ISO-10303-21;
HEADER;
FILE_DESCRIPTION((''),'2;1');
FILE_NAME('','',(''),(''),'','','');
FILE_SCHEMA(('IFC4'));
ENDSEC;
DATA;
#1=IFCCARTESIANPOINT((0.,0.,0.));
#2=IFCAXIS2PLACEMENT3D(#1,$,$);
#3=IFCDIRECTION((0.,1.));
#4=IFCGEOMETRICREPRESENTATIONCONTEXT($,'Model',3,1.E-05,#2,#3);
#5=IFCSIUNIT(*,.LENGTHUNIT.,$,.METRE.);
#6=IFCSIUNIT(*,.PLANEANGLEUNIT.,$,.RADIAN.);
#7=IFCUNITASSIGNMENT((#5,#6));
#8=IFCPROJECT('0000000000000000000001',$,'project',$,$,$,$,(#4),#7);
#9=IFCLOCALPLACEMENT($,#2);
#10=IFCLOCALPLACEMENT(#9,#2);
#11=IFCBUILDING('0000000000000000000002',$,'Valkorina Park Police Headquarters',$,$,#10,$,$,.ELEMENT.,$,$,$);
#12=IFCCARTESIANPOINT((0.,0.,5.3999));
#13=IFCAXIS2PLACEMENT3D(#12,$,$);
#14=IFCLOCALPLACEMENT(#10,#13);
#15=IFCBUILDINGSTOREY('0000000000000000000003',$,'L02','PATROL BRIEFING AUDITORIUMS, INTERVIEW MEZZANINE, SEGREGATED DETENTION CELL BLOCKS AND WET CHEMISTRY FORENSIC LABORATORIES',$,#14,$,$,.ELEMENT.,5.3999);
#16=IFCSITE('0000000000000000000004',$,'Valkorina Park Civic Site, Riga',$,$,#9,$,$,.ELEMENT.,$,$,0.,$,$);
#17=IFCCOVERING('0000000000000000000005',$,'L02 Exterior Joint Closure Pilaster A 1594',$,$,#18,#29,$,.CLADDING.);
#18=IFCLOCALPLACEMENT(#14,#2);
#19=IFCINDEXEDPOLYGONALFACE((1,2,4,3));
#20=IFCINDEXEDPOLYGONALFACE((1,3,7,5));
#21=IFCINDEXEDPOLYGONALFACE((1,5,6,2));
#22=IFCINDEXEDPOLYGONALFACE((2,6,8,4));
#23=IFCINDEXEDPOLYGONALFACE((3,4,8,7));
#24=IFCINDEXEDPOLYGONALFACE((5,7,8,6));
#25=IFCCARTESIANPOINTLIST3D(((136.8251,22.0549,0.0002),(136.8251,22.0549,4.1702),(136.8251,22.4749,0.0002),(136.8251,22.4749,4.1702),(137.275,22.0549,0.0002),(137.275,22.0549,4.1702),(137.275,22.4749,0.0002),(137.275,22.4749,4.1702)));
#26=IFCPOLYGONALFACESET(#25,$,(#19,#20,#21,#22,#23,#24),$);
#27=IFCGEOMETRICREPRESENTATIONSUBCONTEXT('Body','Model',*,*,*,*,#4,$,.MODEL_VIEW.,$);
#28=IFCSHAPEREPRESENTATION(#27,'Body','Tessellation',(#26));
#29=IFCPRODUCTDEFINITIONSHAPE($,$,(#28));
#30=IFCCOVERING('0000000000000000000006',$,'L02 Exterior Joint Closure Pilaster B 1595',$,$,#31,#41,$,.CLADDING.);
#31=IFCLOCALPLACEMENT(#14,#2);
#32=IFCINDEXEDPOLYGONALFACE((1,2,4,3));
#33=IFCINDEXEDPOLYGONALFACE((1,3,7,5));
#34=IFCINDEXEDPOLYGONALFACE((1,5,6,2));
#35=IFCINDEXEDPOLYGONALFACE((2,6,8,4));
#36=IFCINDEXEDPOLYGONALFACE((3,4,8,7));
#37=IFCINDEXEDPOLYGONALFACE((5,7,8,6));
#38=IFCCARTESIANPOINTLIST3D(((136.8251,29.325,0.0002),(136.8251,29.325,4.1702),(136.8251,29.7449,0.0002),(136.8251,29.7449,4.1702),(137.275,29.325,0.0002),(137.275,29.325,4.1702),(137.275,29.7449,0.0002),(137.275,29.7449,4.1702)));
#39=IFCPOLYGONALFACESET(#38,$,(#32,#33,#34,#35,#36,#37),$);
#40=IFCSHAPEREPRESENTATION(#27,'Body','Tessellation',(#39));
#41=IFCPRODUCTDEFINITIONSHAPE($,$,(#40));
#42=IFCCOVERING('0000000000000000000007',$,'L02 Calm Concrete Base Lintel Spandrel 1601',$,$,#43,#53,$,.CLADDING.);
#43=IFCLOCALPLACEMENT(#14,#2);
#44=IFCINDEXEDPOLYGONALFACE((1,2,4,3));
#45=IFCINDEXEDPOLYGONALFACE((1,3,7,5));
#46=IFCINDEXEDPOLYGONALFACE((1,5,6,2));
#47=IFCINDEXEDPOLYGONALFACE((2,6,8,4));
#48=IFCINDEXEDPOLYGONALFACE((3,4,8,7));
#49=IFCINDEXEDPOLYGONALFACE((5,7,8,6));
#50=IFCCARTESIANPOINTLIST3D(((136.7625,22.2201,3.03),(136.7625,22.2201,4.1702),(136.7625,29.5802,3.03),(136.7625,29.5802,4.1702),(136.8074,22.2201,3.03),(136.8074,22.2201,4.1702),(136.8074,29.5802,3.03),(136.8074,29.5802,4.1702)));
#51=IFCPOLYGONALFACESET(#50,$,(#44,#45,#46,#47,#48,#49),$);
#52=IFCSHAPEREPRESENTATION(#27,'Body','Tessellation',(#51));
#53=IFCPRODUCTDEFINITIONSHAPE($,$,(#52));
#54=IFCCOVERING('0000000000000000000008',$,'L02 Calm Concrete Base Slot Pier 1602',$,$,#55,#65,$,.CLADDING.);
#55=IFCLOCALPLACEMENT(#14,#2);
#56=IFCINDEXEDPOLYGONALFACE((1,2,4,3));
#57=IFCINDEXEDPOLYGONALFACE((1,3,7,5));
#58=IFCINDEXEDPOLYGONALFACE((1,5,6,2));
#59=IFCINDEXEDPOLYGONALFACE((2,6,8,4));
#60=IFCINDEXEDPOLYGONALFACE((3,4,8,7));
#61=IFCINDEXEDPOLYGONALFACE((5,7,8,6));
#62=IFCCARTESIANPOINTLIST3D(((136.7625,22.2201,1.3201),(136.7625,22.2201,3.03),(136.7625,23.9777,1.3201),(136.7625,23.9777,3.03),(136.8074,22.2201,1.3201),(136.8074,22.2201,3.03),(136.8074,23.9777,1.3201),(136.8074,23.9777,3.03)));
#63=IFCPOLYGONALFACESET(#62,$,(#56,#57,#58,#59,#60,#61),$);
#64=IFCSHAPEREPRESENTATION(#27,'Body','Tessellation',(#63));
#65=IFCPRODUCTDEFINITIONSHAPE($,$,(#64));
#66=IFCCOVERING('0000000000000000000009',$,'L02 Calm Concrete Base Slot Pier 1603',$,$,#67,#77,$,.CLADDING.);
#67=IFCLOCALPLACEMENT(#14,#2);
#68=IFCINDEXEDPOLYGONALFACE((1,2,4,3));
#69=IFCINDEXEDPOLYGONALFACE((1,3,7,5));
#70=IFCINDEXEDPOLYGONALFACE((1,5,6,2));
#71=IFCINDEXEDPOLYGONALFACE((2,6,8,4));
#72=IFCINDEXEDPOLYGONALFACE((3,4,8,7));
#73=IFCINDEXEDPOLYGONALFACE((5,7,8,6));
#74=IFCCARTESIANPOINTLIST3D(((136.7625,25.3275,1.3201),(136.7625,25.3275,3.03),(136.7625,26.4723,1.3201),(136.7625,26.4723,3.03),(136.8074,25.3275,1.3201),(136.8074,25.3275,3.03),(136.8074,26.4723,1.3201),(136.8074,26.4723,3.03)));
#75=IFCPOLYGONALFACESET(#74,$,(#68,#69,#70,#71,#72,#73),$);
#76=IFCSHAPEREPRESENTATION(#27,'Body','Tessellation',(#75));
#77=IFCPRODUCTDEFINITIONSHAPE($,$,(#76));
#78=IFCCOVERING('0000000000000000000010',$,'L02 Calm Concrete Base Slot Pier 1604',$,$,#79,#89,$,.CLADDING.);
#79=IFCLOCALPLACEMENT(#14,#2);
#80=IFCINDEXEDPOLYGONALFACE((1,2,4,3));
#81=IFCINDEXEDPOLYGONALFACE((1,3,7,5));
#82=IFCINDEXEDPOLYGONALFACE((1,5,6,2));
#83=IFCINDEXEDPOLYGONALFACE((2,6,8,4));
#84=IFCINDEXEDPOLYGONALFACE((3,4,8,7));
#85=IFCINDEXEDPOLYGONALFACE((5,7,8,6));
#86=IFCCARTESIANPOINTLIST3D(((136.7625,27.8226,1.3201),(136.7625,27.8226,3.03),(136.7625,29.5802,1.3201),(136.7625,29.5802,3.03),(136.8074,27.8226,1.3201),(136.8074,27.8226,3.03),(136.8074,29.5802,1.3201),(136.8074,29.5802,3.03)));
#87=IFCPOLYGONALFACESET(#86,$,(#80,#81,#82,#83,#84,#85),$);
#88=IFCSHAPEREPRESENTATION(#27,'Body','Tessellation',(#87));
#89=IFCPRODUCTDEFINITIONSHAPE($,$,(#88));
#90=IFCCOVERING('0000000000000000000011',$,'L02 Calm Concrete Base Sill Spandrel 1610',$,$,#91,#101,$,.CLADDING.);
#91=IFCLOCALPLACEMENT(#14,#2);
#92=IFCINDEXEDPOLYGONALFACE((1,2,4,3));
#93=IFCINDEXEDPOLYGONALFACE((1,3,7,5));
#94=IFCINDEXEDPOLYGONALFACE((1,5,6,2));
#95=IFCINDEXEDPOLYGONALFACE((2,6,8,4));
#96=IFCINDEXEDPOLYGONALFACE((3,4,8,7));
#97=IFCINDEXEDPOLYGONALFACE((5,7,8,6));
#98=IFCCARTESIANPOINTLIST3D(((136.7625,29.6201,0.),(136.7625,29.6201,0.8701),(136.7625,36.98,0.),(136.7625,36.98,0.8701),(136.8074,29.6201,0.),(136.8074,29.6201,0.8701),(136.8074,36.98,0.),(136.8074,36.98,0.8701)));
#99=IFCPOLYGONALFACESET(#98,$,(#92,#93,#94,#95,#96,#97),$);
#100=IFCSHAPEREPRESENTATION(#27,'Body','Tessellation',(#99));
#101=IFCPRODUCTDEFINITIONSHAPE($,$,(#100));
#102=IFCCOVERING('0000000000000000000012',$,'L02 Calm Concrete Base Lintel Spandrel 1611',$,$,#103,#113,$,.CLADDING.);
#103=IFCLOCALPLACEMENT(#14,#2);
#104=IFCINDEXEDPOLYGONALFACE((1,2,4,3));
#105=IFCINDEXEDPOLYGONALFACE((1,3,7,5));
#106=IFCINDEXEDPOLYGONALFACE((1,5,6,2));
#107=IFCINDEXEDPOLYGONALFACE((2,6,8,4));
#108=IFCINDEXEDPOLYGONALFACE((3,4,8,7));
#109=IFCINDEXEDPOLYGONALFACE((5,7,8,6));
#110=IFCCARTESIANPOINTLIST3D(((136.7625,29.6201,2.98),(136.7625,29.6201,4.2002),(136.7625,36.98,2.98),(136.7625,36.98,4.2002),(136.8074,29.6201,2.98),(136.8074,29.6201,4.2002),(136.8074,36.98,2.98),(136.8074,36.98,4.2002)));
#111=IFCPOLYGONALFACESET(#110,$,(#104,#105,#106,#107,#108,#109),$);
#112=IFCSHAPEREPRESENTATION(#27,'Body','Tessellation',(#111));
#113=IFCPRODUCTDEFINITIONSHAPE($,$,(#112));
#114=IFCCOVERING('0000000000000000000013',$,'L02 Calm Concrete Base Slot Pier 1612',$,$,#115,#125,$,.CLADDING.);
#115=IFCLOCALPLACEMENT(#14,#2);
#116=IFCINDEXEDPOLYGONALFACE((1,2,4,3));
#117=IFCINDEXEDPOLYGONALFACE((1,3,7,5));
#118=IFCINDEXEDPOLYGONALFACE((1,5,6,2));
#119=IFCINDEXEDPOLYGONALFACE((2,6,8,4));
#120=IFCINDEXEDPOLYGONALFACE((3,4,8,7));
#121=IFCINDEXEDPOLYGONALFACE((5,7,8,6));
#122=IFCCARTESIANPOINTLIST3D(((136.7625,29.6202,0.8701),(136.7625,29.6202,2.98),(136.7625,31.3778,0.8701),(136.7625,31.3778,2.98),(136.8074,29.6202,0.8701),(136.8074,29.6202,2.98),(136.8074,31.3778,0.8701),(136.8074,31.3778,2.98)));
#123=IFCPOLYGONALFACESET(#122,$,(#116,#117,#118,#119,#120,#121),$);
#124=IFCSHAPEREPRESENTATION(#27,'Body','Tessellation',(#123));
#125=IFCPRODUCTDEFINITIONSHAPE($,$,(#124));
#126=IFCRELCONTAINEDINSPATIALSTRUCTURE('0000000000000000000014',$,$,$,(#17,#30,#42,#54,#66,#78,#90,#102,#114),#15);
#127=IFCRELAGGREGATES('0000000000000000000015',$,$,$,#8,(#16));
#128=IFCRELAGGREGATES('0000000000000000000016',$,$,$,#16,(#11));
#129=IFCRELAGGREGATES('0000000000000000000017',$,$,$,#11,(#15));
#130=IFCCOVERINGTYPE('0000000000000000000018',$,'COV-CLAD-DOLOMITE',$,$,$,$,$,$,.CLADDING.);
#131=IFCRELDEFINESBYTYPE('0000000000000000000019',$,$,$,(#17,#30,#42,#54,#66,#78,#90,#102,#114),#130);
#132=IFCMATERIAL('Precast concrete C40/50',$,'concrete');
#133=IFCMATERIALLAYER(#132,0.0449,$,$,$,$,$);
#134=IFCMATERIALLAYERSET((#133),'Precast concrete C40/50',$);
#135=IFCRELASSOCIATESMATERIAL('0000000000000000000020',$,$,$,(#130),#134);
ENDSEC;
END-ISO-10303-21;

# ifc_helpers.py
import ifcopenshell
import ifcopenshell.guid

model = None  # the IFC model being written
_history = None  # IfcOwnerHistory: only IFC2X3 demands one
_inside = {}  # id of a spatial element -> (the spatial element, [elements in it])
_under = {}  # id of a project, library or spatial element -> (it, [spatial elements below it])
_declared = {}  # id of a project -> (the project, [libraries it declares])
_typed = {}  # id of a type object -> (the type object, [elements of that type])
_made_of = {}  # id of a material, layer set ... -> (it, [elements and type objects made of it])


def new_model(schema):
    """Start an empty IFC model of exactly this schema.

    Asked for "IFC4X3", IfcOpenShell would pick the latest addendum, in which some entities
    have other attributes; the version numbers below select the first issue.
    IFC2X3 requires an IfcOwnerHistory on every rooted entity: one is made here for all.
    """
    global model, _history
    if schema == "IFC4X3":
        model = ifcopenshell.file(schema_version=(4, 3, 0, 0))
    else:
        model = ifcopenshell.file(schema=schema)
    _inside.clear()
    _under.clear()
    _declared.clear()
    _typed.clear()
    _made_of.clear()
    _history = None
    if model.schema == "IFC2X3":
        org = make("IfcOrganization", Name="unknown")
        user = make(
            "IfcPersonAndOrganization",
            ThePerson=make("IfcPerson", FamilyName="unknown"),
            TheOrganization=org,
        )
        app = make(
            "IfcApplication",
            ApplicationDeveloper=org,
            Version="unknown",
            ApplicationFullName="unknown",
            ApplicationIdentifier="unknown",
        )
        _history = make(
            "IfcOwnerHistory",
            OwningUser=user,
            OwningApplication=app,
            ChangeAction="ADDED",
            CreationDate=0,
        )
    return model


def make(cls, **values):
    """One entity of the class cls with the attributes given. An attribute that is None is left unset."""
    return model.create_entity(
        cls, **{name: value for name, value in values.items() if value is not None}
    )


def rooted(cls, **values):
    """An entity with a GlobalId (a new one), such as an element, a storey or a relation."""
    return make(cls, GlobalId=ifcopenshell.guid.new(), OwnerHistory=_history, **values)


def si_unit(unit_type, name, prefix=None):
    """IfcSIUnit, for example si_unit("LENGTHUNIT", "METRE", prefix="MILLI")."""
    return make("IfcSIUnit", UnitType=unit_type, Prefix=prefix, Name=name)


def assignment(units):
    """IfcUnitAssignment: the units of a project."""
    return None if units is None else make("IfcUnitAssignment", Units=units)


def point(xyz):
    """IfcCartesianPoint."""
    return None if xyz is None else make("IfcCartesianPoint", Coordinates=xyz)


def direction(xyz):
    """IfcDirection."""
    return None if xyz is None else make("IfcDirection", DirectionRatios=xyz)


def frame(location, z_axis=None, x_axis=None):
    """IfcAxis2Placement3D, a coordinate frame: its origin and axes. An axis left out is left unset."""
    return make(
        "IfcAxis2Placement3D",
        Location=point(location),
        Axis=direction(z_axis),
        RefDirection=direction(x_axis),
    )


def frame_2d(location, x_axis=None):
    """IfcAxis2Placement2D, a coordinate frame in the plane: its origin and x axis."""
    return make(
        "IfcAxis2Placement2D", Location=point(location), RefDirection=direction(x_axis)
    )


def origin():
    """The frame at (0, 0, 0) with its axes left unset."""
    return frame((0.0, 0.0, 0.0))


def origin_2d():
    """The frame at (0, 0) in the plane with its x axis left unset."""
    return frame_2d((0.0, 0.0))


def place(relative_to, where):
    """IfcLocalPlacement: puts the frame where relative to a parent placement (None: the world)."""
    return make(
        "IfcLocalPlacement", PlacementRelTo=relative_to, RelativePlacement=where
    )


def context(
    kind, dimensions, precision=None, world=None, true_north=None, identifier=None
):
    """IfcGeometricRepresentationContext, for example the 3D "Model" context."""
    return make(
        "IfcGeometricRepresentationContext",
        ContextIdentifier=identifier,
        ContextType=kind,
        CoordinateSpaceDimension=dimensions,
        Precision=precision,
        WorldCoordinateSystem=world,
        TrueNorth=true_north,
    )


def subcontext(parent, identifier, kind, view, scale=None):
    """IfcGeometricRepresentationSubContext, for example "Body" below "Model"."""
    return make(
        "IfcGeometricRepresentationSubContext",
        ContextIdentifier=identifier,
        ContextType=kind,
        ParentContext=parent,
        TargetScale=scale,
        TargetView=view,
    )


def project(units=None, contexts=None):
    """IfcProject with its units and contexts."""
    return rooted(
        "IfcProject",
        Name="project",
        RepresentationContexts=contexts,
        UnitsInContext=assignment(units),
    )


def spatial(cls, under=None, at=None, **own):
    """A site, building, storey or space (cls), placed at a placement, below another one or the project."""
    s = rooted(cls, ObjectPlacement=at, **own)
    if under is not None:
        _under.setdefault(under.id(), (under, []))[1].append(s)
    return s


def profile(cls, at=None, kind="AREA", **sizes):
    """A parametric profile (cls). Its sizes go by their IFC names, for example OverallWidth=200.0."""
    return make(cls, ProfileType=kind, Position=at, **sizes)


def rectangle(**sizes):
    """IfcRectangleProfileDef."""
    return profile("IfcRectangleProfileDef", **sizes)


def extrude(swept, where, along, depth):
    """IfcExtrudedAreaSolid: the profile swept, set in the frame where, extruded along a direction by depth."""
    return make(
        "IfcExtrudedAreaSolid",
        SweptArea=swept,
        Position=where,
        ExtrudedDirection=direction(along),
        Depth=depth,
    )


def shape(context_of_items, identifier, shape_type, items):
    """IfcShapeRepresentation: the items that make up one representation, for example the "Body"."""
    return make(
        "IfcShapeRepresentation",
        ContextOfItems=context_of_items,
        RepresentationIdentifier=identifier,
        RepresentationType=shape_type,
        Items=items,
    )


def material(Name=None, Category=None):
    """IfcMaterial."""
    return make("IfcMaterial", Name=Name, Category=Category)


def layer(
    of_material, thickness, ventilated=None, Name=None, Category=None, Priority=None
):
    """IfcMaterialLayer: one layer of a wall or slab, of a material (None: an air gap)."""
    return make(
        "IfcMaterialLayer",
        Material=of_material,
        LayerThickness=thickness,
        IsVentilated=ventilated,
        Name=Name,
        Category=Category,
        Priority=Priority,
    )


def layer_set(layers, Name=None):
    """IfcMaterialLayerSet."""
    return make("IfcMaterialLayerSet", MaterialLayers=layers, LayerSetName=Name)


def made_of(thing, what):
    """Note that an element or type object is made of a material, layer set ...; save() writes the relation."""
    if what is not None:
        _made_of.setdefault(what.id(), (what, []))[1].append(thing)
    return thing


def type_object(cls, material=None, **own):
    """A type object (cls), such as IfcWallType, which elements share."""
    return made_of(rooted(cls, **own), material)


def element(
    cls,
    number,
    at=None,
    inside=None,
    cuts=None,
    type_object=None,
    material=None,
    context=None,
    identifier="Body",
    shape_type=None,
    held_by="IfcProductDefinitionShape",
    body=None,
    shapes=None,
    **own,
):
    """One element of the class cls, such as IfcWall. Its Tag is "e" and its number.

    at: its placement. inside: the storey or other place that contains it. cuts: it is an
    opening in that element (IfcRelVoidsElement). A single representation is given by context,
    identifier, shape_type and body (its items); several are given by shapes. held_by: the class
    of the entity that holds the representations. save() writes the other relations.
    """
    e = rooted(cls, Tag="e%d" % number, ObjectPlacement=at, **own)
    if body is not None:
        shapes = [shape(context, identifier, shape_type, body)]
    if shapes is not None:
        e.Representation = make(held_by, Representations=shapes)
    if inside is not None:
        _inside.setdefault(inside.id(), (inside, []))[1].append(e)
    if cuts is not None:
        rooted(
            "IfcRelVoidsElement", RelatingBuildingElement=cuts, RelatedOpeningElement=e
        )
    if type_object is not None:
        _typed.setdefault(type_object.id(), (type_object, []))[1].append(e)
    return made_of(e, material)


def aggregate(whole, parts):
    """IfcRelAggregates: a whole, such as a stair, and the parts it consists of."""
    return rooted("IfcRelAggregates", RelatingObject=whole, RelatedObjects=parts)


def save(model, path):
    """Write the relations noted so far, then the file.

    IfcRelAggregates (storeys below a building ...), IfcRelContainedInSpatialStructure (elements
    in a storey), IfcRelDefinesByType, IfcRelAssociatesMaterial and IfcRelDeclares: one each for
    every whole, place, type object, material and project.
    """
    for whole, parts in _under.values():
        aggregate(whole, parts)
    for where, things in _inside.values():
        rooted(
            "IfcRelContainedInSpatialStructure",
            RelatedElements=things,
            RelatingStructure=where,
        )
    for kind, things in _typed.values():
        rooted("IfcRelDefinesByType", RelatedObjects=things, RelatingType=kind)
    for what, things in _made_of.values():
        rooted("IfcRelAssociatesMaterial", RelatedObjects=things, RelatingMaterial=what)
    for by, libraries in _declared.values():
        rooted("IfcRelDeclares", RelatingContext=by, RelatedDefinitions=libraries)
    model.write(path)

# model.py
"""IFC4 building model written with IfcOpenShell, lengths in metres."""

from ifc_helpers import new_model, si_unit, direction, frame, frame_2d, origin, origin_2d, place, context, subcontext, project, spatial, rectangle, extrude, material, layer, layer_set, type_object, element, save


model = new_model("IFC4")

# Units and contexts
model_context = context("Model", 3, precision=1e-05, world=origin(), true_north=direction((0.0, 1.0)))
body_context = subcontext(model_context, "Body", "Model", "MODEL_VIEW")
ifc_project = project(units=[si_unit("LENGTHUNIT", "METRE"), si_unit("PLANEANGLEUNIT", "RADIAN")], contexts=[model_context])

# Site, building, storey
site_placement = place(None, origin())
site = spatial("IfcSite", under=ifc_project, at=site_placement, Name="Valkorina Park Civic Site, Riga", CompositionType="ELEMENT", RefElevation=0.0)
building_placement = place(site_placement, origin())
building = spatial("IfcBuilding", under=site, at=building_placement, Name="Valkorina Park Police Headquarters", CompositionType="ELEMENT")
storey_placement = place(building_placement, frame((0.0, 0.0, 5.3999)))
storey = spatial("IfcBuildingStorey", under=building, at=storey_placement, Name="L02", Description="PATROL BRIEFING AUDITORIUMS, INTERVIEW MEZZANINE, SEGREGATED DETENTION CELL BLOCKS AND WET CHEMISTRY FORENSIC LABORATORIES", CompositionType="ELEMENT", Elevation=5.3999)

# Shared definitions
ifc_material_1 = material(Name="Precast concrete C40/50", Category="concrete")

# Coverings
ifc_layer_1 = layer(ifc_material_1, 0.0449)
ifc_layer_set_1 = layer_set([ifc_layer_1], Name="Precast concrete C40/50")
covering_type = type_object("IfcCoveringType", Name="COV-CLAD-DOLOMITE", PredefinedType="CLADDING", material=ifc_layer_set_1)
for number, where, z_axis, x_axis, name in (
    (1, (137.05, 22.2649, 0.0002), (0.0, 0.0, 1.0), (0.0, 1.0, 0.0), "L02 Exterior Joint Closure Pilaster A 1594"),
    (2, (137.05, 29.5349, 0.0002), (0.0, 0.0, 1.0), (0.0, 1.0, 0.0), "L02 Exterior Joint Closure Pilaster B 1595"),
):
    element("IfcCovering", number, at=place(storey_placement, frame(where, z_axis=z_axis, x_axis=x_axis)), inside=storey, type_object=covering_type, Name=name, PredefinedType="CLADDING", context=body_context, shape_type="SweptSolid", body=[
        extrude(rectangle(XDim=0.4199, YDim=0.45, at=origin_2d()), origin(), (0.0, 0.0, 1.0), 4.1699),
    ])
covering_1_placement = place(storey_placement, frame((136.7849, 22.22, 3.03), z_axis=(0.0, 0.0, 1.0), x_axis=(0.0, 1.0, 0.0)))
element("IfcCovering", 3, at=covering_1_placement, inside=storey, type_object=covering_type, Name="L02 Calm Concrete Base Lintel Spandrel 1601", PredefinedType="CLADDING", context=body_context, shape_type="SweptSolid", body=[
    extrude(rectangle(XDim=7.3601, YDim=0.0449, at=frame_2d((3.6802, 0.0))), origin(), (0.0, 0.0, 1.0), 1.1401),
])
covering_2_placement = place(storey_placement, frame((136.7849, 22.22, 1.3201), z_axis=(0.0, 0.0, 1.0), x_axis=(0.0, 1.0, 0.0)))
element("IfcCovering", 4, at=covering_2_placement, inside=storey, type_object=covering_type, Name="L02 Calm Concrete Base Slot Pier 1602", PredefinedType="CLADDING", context=body_context, shape_type="SweptSolid", body=[
    extrude(rectangle(XDim=1.7576, YDim=0.0449, at=frame_2d((0.8789, 0.0))), origin(), (0.0, 0.0, 1.0), 1.71),
])
covering_3_placement = place(storey_placement, frame((136.7849, 25.3276, 1.3201), z_axis=(0.0, 0.0, 1.0), x_axis=(0.0, 1.0, 0.0)))
element("IfcCovering", 5, at=covering_3_placement, inside=storey, type_object=covering_type, Name="L02 Calm Concrete Base Slot Pier 1603", PredefinedType="CLADDING", context=body_context, shape_type="SweptSolid", body=[
    extrude(rectangle(XDim=1.1448, YDim=0.0449, at=frame_2d((0.5723, 0.0))), origin(), (0.0, 0.0, 1.0), 1.71),
])
covering_4_placement = place(storey_placement, frame((136.7849, 27.8225, 1.3201), z_axis=(0.0, 0.0, 1.0), x_axis=(0.0, 1.0, 0.0)))
element("IfcCovering", 6, at=covering_4_placement, inside=storey, type_object=covering_type, Name="L02 Calm Concrete Base Slot Pier 1604", PredefinedType="CLADDING", context=body_context, shape_type="SweptSolid", body=[
    extrude(rectangle(XDim=1.7576, YDim=0.0449, at=frame_2d((0.8789, 0.0))), origin(), (0.0, 0.0, 1.0), 1.71),
])
covering_5_placement = place(storey_placement, frame((136.7849, 29.6201, 0.0), z_axis=(0.0, 0.0, 1.0), x_axis=(0.0, 1.0, 0.0)))
element("IfcCovering", 7, at=covering_5_placement, inside=storey, type_object=covering_type, Name="L02 Calm Concrete Base Sill Spandrel 1610", PredefinedType="CLADDING", context=body_context, shape_type="SweptSolid", body=[
    extrude(rectangle(XDim=7.3599, YDim=0.0449, at=frame_2d((3.6799, 0.0))), origin(), (0.0, 0.0, 1.0), 0.8701),
])
covering_6_placement = place(storey_placement, frame((136.7849, 29.6201, 2.98), z_axis=(0.0, 0.0, 1.0), x_axis=(0.0, 1.0, 0.0)))
element("IfcCovering", 8, at=covering_6_placement, inside=storey, type_object=covering_type, Name="L02 Calm Concrete Base Lintel Spandrel 1611", PredefinedType="CLADDING", context=body_context, shape_type="SweptSolid", body=[
    extrude(rectangle(XDim=7.3599, YDim=0.0449, at=frame_2d((3.6799, 0.0))), origin(), (0.0, 0.0, 1.0), 1.2202),
])
covering_7_placement = place(storey_placement, frame((136.7849, 29.6201, 0.8701), z_axis=(0.0, 0.0, 1.0), x_axis=(0.0, 1.0, 0.0)))
element("IfcCovering", 9, at=covering_7_placement, inside=storey, type_object=covering_type, Name="L02 Calm Concrete Base Slot Pier 1612", PredefinedType="CLADDING", context=body_context, shape_type="SweptSolid", body=[
    extrude(rectangle(XDim=1.7576, YDim=0.0449, at=frame_2d((0.8789, 0.0))), origin(), (0.0, 0.0, 1.0), 2.1099),
])

save(model, "model.ifc")
